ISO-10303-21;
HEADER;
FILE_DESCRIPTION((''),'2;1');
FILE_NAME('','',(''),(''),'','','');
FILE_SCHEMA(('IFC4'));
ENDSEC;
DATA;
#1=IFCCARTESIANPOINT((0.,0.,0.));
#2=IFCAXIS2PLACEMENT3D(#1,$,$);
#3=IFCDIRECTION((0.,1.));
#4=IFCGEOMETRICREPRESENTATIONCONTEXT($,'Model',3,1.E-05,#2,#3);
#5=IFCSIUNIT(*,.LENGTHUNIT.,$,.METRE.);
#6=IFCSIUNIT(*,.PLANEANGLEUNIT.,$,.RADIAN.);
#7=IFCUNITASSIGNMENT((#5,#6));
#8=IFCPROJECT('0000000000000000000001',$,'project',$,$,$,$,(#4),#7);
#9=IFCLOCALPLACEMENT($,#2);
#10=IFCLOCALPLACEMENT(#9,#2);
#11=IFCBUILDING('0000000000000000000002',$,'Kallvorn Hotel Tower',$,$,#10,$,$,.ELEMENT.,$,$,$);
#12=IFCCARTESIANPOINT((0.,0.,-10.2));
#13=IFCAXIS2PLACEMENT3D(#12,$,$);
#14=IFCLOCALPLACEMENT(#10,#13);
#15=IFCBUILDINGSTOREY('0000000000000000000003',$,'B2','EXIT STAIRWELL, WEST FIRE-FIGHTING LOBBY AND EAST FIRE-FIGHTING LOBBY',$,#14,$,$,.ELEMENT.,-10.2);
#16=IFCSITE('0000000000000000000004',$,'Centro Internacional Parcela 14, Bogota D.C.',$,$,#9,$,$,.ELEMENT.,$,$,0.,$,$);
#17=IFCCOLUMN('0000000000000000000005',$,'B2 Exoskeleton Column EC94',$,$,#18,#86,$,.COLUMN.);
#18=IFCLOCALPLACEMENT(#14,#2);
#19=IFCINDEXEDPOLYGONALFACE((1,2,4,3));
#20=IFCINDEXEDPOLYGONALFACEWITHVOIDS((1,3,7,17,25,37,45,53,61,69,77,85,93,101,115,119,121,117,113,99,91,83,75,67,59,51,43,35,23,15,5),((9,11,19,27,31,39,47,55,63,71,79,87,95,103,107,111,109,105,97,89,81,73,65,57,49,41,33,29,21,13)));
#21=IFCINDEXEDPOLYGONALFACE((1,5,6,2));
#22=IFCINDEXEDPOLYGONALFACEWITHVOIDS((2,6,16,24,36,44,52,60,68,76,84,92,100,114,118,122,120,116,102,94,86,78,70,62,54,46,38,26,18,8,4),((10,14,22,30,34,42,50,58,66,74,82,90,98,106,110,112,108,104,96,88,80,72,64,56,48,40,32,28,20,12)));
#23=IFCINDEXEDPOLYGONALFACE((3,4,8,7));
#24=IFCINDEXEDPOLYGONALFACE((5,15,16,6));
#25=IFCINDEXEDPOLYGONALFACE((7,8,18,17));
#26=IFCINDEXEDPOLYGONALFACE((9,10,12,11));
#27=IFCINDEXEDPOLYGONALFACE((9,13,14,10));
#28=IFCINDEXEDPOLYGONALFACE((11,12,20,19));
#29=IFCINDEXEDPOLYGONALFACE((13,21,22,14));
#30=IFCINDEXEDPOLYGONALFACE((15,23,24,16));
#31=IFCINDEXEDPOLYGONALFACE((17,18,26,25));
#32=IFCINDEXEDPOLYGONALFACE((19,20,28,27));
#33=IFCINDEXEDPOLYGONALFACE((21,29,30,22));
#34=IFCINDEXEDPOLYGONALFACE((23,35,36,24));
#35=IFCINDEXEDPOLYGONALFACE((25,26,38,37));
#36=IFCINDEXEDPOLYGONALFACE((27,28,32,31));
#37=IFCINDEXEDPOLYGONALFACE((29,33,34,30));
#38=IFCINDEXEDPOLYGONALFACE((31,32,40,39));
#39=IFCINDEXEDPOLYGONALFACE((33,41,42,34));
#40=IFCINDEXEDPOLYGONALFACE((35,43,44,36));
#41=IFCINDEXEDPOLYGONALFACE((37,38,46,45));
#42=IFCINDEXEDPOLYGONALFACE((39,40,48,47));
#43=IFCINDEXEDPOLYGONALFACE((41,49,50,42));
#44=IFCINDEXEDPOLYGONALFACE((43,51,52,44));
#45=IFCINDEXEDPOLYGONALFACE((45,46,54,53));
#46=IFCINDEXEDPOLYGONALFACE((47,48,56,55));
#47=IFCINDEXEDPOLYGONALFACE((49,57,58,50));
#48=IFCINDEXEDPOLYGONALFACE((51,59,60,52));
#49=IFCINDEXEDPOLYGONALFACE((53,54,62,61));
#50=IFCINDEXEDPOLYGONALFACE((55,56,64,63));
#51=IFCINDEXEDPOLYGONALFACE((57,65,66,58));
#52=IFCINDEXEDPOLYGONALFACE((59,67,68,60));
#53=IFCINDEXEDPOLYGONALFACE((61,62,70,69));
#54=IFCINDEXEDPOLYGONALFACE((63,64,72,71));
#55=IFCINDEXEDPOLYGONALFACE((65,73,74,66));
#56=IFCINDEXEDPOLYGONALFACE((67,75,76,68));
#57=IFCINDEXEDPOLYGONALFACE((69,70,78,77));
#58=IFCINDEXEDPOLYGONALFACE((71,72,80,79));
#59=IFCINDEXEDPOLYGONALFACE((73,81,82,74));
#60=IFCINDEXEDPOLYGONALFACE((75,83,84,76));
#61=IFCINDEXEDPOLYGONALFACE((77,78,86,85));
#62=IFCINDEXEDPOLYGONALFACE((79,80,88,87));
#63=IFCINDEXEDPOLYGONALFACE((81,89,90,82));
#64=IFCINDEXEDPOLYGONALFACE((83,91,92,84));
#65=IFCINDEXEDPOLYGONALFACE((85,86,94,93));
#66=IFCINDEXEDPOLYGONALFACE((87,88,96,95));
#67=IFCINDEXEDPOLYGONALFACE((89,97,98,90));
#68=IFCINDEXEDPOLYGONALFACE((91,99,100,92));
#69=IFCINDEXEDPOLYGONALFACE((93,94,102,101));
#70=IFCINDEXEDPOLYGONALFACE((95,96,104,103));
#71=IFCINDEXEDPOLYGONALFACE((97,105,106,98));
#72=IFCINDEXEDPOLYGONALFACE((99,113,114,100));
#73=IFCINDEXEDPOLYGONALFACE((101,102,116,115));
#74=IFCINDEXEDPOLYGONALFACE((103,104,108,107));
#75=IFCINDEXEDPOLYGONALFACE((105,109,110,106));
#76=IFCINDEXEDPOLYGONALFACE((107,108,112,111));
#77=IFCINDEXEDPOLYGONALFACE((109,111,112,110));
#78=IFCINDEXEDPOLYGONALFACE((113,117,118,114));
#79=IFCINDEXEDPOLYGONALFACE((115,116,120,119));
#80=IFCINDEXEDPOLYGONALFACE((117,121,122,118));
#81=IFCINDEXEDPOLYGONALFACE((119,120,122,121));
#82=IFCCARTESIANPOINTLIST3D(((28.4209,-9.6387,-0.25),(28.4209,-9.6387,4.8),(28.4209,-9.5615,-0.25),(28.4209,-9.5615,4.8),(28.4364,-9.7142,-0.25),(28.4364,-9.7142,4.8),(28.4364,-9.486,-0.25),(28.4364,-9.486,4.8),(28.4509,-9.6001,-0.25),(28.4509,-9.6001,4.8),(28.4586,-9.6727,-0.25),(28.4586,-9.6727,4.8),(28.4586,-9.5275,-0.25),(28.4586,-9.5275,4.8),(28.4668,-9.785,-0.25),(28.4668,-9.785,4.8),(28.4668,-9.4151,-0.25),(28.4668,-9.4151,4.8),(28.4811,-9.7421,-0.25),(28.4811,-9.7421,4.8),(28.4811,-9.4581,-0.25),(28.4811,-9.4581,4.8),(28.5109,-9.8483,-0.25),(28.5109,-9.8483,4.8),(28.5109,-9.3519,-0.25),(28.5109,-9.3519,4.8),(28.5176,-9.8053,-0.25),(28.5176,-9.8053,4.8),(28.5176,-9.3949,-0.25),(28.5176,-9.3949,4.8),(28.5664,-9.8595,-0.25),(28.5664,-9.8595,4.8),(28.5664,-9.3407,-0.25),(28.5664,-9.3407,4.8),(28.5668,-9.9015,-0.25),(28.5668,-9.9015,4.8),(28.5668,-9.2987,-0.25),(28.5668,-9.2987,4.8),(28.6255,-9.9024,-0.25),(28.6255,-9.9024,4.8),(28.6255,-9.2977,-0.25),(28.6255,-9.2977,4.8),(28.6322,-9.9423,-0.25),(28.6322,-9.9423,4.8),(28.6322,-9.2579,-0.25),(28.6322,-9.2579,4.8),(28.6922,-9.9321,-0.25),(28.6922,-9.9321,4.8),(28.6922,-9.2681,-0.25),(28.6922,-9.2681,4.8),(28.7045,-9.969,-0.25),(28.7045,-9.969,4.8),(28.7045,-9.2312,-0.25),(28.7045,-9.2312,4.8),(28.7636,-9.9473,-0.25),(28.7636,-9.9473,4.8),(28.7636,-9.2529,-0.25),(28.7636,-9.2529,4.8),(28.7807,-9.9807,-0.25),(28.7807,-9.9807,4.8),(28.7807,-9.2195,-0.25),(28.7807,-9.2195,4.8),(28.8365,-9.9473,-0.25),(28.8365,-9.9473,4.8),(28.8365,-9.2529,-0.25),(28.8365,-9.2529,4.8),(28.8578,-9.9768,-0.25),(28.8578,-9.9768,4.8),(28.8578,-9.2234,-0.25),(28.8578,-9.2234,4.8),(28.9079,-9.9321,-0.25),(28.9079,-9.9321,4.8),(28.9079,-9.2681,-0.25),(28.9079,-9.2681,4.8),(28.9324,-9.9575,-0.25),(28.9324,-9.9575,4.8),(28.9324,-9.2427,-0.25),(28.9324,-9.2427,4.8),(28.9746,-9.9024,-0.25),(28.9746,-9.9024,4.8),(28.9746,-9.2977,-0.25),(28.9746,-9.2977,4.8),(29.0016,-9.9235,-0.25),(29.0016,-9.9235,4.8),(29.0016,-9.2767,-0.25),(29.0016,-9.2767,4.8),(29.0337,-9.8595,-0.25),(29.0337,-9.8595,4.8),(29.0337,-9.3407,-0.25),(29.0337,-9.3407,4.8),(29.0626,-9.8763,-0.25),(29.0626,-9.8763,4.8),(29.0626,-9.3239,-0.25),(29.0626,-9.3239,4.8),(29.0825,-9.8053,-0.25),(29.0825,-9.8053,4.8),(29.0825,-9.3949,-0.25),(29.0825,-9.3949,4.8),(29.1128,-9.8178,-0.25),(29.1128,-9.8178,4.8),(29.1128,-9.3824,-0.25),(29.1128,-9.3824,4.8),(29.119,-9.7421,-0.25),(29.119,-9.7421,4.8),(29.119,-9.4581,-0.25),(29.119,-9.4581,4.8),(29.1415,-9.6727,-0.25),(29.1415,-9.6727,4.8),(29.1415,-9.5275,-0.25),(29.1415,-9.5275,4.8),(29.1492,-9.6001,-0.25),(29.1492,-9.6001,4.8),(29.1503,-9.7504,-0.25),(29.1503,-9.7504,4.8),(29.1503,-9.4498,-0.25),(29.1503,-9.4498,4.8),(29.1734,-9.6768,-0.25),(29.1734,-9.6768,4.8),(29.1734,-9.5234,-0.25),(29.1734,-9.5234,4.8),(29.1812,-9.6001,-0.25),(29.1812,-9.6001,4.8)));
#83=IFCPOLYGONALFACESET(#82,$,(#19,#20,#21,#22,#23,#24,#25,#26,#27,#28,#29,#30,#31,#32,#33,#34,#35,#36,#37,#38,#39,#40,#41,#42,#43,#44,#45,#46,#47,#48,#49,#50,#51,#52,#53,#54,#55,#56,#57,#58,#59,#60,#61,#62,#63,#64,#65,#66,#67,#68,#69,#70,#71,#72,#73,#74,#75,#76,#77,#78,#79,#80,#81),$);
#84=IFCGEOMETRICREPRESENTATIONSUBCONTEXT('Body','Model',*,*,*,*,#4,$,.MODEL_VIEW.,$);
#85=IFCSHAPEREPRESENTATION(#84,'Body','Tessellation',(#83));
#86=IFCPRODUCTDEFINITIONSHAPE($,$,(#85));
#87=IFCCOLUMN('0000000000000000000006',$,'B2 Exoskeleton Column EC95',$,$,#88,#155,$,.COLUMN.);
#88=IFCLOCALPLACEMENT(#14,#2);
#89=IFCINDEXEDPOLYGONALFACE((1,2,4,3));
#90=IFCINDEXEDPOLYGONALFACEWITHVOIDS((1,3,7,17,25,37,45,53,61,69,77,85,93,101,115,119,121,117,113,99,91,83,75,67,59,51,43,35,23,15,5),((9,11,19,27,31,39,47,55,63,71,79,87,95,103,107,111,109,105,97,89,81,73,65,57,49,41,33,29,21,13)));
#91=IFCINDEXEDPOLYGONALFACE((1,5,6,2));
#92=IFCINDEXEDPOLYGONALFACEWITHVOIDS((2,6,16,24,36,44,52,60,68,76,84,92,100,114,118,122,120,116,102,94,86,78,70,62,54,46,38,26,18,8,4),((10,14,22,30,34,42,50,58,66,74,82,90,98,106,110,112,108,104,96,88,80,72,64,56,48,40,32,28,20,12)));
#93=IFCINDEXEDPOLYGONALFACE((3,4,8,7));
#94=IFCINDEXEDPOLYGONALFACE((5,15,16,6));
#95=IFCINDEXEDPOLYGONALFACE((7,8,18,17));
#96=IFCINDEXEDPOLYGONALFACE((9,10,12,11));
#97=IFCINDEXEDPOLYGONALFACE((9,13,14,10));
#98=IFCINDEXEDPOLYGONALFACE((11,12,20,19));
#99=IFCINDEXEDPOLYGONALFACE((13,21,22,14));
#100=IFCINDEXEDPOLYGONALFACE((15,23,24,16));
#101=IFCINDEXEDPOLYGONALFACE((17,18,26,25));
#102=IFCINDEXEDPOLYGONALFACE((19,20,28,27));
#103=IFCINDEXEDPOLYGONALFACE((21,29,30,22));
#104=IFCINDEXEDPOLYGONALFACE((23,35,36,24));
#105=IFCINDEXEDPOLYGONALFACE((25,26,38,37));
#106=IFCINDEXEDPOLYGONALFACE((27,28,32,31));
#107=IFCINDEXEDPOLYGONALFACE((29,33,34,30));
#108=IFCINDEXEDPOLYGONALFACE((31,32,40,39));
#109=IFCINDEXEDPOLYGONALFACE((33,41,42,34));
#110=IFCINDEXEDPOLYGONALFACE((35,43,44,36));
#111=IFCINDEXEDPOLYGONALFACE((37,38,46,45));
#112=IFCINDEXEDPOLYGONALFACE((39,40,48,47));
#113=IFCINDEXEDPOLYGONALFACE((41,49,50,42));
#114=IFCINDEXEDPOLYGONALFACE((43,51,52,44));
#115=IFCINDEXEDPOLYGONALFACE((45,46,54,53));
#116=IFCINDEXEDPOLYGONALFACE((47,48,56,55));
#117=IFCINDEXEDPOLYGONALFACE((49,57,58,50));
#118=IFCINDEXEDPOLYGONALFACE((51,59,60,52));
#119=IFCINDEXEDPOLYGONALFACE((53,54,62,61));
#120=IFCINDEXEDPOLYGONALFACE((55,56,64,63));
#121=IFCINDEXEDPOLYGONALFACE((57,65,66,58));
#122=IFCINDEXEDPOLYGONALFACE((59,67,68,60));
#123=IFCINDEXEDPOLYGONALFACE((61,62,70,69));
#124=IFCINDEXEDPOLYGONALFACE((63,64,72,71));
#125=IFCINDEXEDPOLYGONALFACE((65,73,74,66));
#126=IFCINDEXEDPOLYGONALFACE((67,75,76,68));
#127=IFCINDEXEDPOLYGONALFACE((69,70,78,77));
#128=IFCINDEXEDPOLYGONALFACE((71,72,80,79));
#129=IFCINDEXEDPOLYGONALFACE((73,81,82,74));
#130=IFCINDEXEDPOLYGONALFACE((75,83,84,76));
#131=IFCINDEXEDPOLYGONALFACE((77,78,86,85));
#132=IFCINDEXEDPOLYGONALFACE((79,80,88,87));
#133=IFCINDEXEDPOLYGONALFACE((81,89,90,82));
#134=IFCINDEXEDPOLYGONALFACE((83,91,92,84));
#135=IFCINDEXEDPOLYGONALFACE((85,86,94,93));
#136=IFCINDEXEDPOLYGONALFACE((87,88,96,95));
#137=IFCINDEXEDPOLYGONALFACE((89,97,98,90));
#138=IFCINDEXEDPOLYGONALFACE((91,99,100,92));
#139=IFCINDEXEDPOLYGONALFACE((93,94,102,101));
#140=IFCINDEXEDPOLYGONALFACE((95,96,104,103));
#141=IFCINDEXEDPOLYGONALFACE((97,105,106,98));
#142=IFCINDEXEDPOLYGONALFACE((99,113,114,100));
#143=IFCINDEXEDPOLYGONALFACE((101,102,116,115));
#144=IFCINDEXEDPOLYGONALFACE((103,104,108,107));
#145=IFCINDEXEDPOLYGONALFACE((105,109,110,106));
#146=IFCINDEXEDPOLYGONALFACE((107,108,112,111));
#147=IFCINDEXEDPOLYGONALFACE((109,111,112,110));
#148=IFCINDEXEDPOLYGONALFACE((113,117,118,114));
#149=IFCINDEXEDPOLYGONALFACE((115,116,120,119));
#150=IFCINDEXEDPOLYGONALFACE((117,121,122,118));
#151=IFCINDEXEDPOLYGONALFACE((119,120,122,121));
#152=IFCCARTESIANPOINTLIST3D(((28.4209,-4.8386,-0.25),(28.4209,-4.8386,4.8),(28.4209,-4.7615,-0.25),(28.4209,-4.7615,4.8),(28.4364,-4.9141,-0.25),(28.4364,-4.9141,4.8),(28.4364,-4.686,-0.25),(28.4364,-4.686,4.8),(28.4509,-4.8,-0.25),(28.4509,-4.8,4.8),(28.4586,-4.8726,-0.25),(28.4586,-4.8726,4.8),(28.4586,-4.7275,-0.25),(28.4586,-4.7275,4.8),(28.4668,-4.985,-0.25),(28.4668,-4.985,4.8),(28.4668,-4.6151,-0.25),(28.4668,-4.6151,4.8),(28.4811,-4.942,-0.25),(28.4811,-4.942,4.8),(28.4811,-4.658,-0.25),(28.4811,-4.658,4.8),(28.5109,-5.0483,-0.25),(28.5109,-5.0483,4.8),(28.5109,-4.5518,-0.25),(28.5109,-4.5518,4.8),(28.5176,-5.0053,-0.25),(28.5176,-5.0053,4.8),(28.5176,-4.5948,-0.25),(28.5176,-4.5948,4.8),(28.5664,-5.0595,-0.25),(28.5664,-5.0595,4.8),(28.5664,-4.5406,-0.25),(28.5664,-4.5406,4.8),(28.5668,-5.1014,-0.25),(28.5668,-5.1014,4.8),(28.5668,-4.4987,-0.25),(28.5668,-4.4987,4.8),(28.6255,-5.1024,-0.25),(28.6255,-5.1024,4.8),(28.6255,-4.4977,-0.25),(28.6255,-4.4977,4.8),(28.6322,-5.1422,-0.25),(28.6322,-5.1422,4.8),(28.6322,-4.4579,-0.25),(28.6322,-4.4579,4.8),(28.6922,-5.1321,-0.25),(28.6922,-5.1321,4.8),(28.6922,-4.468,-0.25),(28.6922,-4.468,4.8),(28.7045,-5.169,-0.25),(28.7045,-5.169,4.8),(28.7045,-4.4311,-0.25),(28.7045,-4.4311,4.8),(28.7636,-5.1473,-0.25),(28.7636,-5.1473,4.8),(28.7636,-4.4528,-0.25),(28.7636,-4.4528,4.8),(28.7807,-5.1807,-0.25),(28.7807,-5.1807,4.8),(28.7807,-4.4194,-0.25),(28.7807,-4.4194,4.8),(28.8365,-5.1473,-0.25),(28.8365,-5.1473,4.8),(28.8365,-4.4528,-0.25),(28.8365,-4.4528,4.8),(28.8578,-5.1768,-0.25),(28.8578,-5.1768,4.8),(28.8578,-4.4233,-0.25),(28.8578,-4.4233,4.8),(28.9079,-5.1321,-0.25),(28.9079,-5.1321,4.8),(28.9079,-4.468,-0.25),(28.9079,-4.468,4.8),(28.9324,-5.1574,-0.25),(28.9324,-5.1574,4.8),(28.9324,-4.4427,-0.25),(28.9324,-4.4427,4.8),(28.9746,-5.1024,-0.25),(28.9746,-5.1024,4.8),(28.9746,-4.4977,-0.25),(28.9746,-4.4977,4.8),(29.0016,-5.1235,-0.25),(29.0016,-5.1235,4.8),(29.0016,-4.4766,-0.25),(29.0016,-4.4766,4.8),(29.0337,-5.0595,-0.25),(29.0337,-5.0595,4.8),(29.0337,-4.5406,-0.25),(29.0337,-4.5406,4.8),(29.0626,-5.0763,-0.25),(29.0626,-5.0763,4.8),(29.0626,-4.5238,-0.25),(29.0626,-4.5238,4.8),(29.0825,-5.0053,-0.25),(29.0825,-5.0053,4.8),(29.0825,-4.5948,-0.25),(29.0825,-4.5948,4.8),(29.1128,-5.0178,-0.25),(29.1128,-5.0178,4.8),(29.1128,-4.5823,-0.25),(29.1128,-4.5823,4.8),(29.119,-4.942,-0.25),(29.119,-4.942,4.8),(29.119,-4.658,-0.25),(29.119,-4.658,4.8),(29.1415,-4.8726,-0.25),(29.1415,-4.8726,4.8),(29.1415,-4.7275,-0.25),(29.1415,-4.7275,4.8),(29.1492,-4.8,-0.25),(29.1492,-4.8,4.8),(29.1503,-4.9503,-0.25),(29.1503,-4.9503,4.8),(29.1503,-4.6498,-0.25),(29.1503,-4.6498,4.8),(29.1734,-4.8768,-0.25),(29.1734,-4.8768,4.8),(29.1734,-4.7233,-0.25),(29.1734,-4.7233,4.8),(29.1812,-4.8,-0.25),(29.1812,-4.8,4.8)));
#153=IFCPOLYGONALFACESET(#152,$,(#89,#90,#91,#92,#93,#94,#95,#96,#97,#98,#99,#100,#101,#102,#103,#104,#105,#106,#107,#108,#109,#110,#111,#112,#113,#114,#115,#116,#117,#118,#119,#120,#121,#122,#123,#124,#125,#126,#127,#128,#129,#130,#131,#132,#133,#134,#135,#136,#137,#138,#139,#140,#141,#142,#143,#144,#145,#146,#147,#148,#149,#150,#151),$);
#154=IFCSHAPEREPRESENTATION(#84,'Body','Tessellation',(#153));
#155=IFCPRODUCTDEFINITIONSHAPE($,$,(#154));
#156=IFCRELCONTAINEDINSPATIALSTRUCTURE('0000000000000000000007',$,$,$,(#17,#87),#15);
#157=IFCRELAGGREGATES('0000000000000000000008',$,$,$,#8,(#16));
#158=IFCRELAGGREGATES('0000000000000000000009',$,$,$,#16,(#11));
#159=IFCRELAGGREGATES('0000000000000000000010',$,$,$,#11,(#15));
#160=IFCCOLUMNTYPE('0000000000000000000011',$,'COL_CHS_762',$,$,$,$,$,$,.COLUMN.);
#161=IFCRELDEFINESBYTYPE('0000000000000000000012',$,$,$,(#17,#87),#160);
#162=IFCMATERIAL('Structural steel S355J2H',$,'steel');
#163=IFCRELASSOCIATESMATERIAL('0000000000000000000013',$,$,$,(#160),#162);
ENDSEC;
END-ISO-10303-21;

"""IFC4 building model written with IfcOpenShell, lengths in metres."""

from ifc_helpers import new_model, si_unit, direction, frame, origin, origin_2d, place, context, subcontext, project, spatial, hollow_circle, extrude, material, material_profile, profile_set, type_object, element, save


model = new_model("IFC4")

# Units and contexts
model_context = context("Model", 3, precision=1e-05, world=origin(), true_north=direction((0.0, 1.0)))
body_context = subcontext(model_context, "Body", "Model", "MODEL_VIEW")
ifc_project = project(units=[si_unit("LENGTHUNIT", "METRE"), si_unit("PLANEANGLEUNIT", "RADIAN")], contexts=[model_context])

# Site, building, storey
site_placement = place(None, origin())
site = spatial("IfcSite", under=ifc_project, at=site_placement, Name="Centro Internacional Parcela 14, Bogota D.C.", CompositionType="ELEMENT", RefElevation=0.0)
building_placement = place(site_placement, origin())
building = spatial("IfcBuilding", under=site, at=building_placement, Name="Kallvorn Hotel Tower", CompositionType="ELEMENT")
storey_placement = place(building_placement, frame((0.0, 0.0, -10.2)))
storey = spatial("IfcBuildingStorey", under=building, at=storey_placement, Name="B2", Description="EXIT STAIRWELL, WEST FIRE-FIGHTING LOBBY AND EAST FIRE-FIGHTING LOBBY", CompositionType="ELEMENT", Elevation=-10.2)

# Columns
ifc_material_1 = material(Name="Structural steel S355J2H", Category="steel")
ifc_material_profile_1 = material_profile(ifc_material_1, hollow_circle(Radius=0.3811, WallThickness=0.032, at=origin_2d()), Name="CHS 762x32")
ifc_profile_set_1 = profile_set([ifc_material_profile_1], Name="Structural steel S355J2H")
column_type_1 = type_object("IfcColumnType", Name="COL_CHS_762", PredefinedType="COLUMN", material=ifc_profile_set_1)
for number, where, z_axis, x_axis, name in (
    (1, (28.8, -9.6001, -0.25), (0.0, 0.0, 1.0), (1.0, 0.0, 0.0), "B2 Exoskeleton Column EC94"),
    (2, (28.8, -4.8, -0.25), (0.0, 0.0, 1.0), (1.0, 0.0, 0.0), "B2 Exoskeleton Column EC95"),
):
    element("IfcColumn", number, at=place(storey_placement, frame(where, z_axis=z_axis, x_axis=x_axis)), inside=storey, type_object=column_type_1, Name=name, PredefinedType="COLUMN", context=body_context, shape_type="SweptSolid", body=[
        extrude(hollow_circle(Radius=0.3811, WallThickness=0.032, at=origin_2d()), origin(), (0.0, 0.0, 1.0), 5.05),
    ])

save(model, "model.ifc")
